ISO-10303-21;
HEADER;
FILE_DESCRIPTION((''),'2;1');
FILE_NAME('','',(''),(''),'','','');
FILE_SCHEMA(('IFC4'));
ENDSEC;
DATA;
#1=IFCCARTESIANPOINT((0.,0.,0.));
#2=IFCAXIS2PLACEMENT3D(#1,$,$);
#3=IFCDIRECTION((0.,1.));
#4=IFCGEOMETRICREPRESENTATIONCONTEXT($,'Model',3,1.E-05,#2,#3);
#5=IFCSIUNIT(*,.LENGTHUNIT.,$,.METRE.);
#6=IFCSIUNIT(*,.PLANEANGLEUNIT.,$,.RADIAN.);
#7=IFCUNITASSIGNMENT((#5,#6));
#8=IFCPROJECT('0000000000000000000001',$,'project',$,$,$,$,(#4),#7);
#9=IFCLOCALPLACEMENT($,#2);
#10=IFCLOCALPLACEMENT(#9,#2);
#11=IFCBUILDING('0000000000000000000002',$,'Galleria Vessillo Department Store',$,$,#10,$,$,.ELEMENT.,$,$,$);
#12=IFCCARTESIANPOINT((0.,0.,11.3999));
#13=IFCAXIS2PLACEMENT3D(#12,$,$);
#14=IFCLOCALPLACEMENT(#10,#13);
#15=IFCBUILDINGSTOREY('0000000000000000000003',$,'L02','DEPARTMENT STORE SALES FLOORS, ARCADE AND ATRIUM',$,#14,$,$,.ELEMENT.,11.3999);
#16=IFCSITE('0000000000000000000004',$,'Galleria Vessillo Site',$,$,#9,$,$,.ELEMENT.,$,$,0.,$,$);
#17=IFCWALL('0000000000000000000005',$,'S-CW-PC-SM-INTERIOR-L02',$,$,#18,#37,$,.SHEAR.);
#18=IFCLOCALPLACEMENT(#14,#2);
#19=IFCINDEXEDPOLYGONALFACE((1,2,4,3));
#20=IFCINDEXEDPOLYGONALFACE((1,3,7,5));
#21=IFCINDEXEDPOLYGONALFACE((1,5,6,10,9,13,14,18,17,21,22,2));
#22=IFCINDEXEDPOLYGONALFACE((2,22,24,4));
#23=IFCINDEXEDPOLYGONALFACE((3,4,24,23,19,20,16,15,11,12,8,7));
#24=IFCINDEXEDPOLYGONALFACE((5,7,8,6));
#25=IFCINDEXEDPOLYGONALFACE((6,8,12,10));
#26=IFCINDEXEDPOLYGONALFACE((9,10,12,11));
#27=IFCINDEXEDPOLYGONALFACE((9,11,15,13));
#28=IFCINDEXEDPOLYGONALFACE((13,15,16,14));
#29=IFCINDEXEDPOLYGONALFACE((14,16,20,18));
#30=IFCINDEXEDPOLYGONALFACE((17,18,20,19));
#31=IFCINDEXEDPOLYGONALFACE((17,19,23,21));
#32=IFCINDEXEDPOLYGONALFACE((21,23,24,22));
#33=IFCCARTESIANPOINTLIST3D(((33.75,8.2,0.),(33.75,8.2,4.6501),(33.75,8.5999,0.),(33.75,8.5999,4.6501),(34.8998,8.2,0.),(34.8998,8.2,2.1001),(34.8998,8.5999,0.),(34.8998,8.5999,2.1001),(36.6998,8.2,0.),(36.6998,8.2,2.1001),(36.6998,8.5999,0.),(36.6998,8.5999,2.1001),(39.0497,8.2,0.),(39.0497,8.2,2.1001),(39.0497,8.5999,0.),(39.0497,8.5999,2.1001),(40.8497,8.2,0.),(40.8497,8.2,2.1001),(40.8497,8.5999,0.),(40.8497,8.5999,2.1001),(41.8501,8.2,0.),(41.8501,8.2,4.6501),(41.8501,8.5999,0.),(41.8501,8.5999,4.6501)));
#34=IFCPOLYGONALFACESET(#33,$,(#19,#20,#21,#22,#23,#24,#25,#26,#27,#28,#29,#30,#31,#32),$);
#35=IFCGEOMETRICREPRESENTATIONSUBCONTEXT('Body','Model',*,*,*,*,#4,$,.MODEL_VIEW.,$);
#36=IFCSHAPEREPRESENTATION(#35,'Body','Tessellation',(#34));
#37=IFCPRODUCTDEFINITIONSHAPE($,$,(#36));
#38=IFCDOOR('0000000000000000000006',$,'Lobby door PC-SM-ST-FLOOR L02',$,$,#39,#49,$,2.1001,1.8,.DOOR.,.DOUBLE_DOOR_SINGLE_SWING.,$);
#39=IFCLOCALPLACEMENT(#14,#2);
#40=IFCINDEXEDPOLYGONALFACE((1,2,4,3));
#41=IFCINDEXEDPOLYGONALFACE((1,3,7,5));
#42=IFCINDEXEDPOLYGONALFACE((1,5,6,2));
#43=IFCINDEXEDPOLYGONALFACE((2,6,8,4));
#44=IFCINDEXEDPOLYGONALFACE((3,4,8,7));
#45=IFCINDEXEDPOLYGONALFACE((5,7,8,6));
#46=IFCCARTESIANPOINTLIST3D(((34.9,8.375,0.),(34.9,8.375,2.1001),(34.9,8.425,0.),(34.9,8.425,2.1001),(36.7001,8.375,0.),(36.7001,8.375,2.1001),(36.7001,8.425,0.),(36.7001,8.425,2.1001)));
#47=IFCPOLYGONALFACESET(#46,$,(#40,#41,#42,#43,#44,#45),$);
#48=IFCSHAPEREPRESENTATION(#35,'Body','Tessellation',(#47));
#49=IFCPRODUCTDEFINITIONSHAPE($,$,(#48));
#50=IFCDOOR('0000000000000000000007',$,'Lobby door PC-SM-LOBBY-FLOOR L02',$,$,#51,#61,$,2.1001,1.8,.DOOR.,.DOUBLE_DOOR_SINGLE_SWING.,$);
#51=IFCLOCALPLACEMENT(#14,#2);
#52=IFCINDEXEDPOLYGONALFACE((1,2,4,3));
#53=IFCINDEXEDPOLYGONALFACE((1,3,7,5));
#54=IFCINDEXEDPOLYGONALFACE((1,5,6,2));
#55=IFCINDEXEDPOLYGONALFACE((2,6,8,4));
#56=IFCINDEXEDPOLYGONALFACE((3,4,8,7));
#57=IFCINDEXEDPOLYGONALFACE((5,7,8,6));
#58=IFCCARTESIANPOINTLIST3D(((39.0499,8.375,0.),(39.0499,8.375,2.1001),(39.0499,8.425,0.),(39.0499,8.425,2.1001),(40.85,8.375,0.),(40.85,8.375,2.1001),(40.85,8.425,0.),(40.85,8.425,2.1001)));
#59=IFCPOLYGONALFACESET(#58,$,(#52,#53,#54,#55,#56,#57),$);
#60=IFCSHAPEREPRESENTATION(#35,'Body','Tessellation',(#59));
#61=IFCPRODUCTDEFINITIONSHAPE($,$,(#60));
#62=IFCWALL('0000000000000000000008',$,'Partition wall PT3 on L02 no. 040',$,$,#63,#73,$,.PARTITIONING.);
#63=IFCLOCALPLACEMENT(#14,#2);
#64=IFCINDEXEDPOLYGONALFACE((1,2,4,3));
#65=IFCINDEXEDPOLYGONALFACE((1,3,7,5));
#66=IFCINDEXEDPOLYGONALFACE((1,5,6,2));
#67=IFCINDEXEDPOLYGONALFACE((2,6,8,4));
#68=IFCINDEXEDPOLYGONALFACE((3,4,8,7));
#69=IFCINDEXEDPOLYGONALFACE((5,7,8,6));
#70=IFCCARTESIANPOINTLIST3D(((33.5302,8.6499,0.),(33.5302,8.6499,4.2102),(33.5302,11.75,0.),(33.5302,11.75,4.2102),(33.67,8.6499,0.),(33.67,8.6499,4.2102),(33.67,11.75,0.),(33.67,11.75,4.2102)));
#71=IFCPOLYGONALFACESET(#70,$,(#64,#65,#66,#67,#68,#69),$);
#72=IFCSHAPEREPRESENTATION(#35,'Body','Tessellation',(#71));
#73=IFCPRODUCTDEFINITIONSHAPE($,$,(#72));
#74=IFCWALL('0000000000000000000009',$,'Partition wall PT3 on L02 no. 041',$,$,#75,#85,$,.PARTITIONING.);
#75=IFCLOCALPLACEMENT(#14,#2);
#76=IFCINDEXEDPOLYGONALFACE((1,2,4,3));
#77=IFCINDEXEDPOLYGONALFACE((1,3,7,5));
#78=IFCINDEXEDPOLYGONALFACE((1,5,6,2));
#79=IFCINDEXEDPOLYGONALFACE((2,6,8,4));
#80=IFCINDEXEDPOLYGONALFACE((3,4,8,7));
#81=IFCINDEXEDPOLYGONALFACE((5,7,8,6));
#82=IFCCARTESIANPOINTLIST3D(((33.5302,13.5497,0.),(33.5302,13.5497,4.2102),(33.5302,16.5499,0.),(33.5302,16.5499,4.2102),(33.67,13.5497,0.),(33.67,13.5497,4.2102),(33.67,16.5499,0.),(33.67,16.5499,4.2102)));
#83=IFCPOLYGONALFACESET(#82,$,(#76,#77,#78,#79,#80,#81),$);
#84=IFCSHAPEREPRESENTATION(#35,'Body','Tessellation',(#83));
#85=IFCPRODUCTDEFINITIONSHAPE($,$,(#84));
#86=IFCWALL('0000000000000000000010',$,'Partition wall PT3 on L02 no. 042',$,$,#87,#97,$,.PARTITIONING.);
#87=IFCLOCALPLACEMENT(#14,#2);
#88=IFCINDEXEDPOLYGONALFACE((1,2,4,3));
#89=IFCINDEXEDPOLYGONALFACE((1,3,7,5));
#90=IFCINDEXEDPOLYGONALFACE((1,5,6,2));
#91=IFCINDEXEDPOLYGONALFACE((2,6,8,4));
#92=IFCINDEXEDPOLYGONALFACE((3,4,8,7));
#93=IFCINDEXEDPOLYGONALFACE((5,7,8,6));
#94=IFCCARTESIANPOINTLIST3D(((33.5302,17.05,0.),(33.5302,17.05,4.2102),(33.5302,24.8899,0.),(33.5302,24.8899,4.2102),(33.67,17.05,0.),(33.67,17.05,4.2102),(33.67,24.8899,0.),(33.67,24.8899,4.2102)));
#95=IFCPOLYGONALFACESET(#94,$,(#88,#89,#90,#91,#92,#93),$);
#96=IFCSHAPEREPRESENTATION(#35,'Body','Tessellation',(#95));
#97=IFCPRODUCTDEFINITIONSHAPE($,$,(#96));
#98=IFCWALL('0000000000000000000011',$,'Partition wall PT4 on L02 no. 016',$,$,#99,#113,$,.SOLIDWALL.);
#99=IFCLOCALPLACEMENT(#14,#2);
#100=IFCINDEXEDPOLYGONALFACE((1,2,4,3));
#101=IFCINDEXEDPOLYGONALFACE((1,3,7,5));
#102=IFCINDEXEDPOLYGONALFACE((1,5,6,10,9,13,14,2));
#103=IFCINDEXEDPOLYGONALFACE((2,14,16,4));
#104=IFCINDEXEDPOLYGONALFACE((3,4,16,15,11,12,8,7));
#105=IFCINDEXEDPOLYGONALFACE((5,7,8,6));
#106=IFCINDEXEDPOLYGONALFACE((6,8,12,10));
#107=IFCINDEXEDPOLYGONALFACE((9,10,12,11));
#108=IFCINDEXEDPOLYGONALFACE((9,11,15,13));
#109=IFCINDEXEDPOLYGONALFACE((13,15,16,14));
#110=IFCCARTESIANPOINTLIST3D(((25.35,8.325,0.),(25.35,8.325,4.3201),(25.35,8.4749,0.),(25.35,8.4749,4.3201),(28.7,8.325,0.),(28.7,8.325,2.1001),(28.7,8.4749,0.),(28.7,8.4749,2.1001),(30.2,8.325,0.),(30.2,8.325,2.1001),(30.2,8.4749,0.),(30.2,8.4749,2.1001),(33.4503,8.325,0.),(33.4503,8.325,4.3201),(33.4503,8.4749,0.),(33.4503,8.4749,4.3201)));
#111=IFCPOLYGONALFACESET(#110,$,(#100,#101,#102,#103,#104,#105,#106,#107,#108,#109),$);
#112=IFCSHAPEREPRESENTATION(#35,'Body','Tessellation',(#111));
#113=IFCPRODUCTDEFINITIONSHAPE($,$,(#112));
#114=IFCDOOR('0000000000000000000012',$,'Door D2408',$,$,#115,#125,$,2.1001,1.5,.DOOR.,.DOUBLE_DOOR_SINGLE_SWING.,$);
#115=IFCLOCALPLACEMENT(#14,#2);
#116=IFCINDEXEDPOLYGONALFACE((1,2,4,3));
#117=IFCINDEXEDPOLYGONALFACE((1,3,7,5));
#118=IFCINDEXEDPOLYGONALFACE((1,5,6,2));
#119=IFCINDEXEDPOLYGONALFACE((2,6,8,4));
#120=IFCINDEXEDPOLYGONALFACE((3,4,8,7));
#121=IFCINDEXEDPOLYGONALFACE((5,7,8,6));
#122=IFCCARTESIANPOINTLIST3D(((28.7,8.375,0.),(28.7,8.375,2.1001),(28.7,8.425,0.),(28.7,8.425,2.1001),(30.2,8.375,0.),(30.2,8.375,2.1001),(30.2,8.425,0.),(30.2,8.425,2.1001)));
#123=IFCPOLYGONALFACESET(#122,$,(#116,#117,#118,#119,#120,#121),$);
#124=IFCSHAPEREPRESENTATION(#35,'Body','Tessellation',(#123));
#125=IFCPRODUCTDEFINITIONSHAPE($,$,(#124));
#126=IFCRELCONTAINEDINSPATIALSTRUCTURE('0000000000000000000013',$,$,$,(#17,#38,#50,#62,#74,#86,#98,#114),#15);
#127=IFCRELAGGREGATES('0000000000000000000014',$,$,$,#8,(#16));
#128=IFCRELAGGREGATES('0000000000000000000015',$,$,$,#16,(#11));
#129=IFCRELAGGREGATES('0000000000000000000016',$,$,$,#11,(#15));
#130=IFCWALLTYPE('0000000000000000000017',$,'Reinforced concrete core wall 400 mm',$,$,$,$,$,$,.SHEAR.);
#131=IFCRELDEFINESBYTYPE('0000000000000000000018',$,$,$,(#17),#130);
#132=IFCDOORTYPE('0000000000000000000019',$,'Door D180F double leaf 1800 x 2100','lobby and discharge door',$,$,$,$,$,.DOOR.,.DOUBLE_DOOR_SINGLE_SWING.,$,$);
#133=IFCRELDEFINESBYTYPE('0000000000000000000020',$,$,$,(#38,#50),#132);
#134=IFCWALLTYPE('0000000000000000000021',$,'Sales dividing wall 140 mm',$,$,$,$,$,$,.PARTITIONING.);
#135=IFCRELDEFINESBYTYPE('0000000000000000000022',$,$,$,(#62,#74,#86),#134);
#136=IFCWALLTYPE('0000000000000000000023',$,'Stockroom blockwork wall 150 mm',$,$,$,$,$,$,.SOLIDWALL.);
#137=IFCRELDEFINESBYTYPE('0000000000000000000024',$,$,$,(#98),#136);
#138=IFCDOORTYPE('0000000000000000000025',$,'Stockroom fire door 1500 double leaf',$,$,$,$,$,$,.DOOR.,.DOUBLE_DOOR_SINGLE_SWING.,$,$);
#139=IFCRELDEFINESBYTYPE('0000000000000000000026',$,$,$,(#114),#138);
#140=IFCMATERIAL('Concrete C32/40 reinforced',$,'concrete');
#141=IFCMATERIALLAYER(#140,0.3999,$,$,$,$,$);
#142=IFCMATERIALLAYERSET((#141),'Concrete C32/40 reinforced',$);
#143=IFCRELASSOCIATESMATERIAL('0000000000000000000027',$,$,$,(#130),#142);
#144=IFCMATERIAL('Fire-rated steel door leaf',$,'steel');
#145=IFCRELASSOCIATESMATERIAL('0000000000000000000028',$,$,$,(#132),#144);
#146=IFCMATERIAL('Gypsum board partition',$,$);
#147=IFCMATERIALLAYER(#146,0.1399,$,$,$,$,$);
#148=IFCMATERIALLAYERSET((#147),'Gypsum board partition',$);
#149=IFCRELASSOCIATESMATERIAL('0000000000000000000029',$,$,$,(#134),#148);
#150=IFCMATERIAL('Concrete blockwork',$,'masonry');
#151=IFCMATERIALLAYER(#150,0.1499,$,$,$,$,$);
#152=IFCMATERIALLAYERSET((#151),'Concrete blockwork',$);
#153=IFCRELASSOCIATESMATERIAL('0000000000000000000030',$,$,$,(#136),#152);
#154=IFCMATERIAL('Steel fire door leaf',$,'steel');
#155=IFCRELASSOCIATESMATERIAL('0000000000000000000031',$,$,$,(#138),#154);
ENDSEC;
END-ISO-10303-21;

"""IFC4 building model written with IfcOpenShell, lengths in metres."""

from ifc_helpers import new_model, si_unit, direction, frame, frame_2d, origin, place, context, subcontext, project, spatial, rectangle, extrude, material, layer, layer_set, type_object, element, fill, save


model = new_model("IFC4")

# Units and contexts
model_context = context("Model", 3, precision=1e-05, world=origin(), true_north=direction((0.0, 1.0)))
body_context = subcontext(model_context, "Body", "Model", "MODEL_VIEW")
ifc_project = project(units=[si_unit("LENGTHUNIT", "METRE"), si_unit("PLANEANGLEUNIT", "RADIAN")], contexts=[model_context])

# Site, building, storey
site_placement = place(None, origin())
site = spatial("IfcSite", under=ifc_project, at=site_placement, Name="Galleria Vessillo Site", CompositionType="ELEMENT", RefElevation=0.0)
building_placement = place(site_placement, origin())
building = spatial("IfcBuilding", under=site, at=building_placement, Name="Galleria Vessillo Department Store", CompositionType="ELEMENT")
storey_placement = place(building_placement, frame((0.0, 0.0, 11.3999)))
storey = spatial("IfcBuildingStorey", under=building, at=storey_placement, Name="L02", Description="DEPARTMENT STORE SALES FLOORS, ARCADE AND ATRIUM", CompositionType="ELEMENT", Elevation=11.3999)

# Wall, openings, doors
ifc_material_1 = material(Name="Concrete C32/40 reinforced", Category="concrete")
ifc_layer_1 = layer(ifc_material_1, 0.3999)
ifc_layer_set_1 = layer_set([ifc_layer_1], Name="Concrete C32/40 reinforced")
wall_type_1 = type_object("IfcWallType", Name="Reinforced concrete core wall 400 mm", PredefinedType="SHEAR", material=ifc_layer_set_1)
wall_1_placement = place(storey_placement, frame((33.75, 8.3999, 0.0), z_axis=(0.0, 0.0, 1.0), x_axis=(1.0, 0.0, 0.0)))
wall_1 = element("IfcWall", 1, at=wall_1_placement, inside=storey, type_object=wall_type_1, Name="S-CW-PC-SM-INTERIOR-L02", PredefinedType="SHEAR", context=body_context, shape_type="SweptSolid", body=[
    extrude(rectangle(XDim=8.1001, YDim=0.3999, at=frame_2d((4.05, 0.0))), origin(), (0.0, 0.0, 1.0), 4.6501),
])
opening_1_placement = place(wall_1_placement, frame((1.1499, 0.0, 0.0)))
opening_1 = element("IfcOpeningElement", 2, at=opening_1_placement, cuts=wall_1, PredefinedType="OPENING", context=body_context, shape_type="SweptSolid", body=[
    extrude(rectangle(XDim=1.8, YDim=2.1001, at=frame_2d((0.8999, 1.05))), frame((0.0, 0.21, 0.0), z_axis=(0.0, -1.0, 0.0), x_axis=(1.0, 0.0, 0.0)), (0.0, 0.0, 1.0), 0.4199),
])
opening_2_placement = place(wall_1_placement, frame((5.2998, 0.0, 0.0)))
opening_2 = element("IfcOpeningElement", 3, at=opening_2_placement, cuts=wall_1, PredefinedType="OPENING", context=body_context, shape_type="SweptSolid", body=[
    extrude(rectangle(XDim=1.8, YDim=2.1001, at=frame_2d((0.8999, 1.05))), frame((0.0, 0.21, 0.0), z_axis=(0.0, -1.0, 0.0), x_axis=(1.0, 0.0, 0.0)), (0.0, 0.0, 1.0), 0.4199),
])
ifc_material_2 = material(Name="Fire-rated steel door leaf", Category="steel")
door_type_1 = type_object("IfcDoorType", Name="Door D180F double leaf 1800 x 2100", Description="lobby and discharge door", OperationType="DOUBLE_DOOR_SINGLE_SWING", PredefinedType="DOOR", material=ifc_material_2)
door_1_placement = place(opening_1_placement, frame((1.8, 0.0, 0.0), z_axis=(0.0, 0.0, 1.0), x_axis=(-1.0, 0.0, 0.0)))
door_1 = element("IfcDoor", 4, at=door_1_placement, inside=storey, type_object=door_type_1, Name="Lobby door PC-SM-ST-FLOOR L02", OperationType="DOUBLE_DOOR_SINGLE_SWING", OverallHeight=2.1001, OverallWidth=1.8, PredefinedType="DOOR", context=body_context, shape_type="SweptSolid", body=[
    extrude(rectangle(XDim=1.8, YDim=2.1001, at=frame_2d((0.8999, 1.05))), frame((0.0, 0.0249, 0.0), z_axis=(0.0, -1.0, 0.0), x_axis=(1.0, 0.0, 0.0)), (0.0, 0.0, 1.0), 0.05),
])
fill(opening_1, door_1)
door_2_placement = place(opening_2_placement, frame((1.8, 0.0, 0.0), z_axis=(0.0, 0.0, 1.0), x_axis=(-1.0, 0.0, 0.0)))
door_2 = element("IfcDoor", 5, at=door_2_placement, inside=storey, type_object=door_type_1, Name="Lobby door PC-SM-LOBBY-FLOOR L02", OperationType="DOUBLE_DOOR_SINGLE_SWING", OverallHeight=2.1001, OverallWidth=1.8, PredefinedType="DOOR", context=body_context, shape_type="SweptSolid", body=[
    extrude(rectangle(XDim=1.8, YDim=2.1001, at=frame_2d((0.8999, 1.05))), frame((0.0, 0.0249, 0.0), z_axis=(0.0, -1.0, 0.0), x_axis=(1.0, 0.0, 0.0)), (0.0, 0.0, 1.0), 0.05),
])
fill(opening_2, door_2)

# Walls
ifc_material_3 = material(Name="Gypsum board partition")
ifc_layer_2 = layer(ifc_material_3, 0.1399)
ifc_layer_set_2 = layer_set([ifc_layer_2], Name="Gypsum board partition")
wall_type_2 = type_object("IfcWallType", Name="Sales dividing wall 140 mm", PredefinedType="PARTITIONING", material=ifc_layer_set_2)
wall_2_placement = place(storey_placement, frame((33.6001, 8.6499, 0.0), z_axis=(0.0, 0.0, 1.0), x_axis=(0.0, 1.0, 0.0)))
element("IfcWall", 6, at=wall_2_placement, inside=storey, type_object=wall_type_2, Name="Partition wall PT3 on L02 no. 040", PredefinedType="PARTITIONING", context=body_context, shape_type="SweptSolid", body=[
    extrude(rectangle(XDim=3.1001, YDim=0.1399, at=frame_2d((1.55, 0.0))), origin(), (0.0, 0.0, 1.0), 4.2102),
])
wall_3_placement = place(storey_placement, frame((33.6001, 13.5498, 0.0), z_axis=(0.0, 0.0, 1.0), x_axis=(0.0, 1.0, 0.0)))
element("IfcWall", 7, at=wall_3_placement, inside=storey, type_object=wall_type_2, Name="Partition wall PT3 on L02 no. 041", PredefinedType="PARTITIONING", context=body_context, shape_type="SweptSolid", body=[
    extrude(rectangle(XDim=3.0002, YDim=0.1399, at=frame_2d((1.5, 0.0))), origin(), (0.0, 0.0, 1.0), 4.2102),
])
wall_4_placement = place(storey_placement, frame((33.6001, 17.05, 0.0), z_axis=(0.0, 0.0, 1.0), x_axis=(0.0, 1.0, 0.0)))
element("IfcWall", 8, at=wall_4_placement, inside=storey, type_object=wall_type_2, Name="Partition wall PT3 on L02 no. 042", PredefinedType="PARTITIONING", context=body_context, shape_type="SweptSolid", body=[
    extrude(rectangle(XDim=7.8398, YDim=0.1399, at=frame_2d((3.9199, 0.0))), origin(), (0.0, 0.0, 1.0), 4.2102),
])

# Wall, opening, door
ifc_material_4 = material(Name="Concrete blockwork", Category="masonry")
ifc_layer_3 = layer(ifc_material_4, 0.1499)
ifc_layer_set_3 = layer_set([ifc_layer_3], Name="Concrete blockwork")
wall_type_3 = type_object("IfcWallType", Name="Stockroom blockwork wall 150 mm", PredefinedType="SOLIDWALL", material=ifc_layer_set_3)
wall_5_placement = place(storey_placement, frame((25.3499, 8.3999, 0.0), z_axis=(0.0, 0.0, 1.0), x_axis=(1.0, 0.0, 0.0)))
wall_5 = element("IfcWall", 9, at=wall_5_placement, inside=storey, type_object=wall_type_3, Name="Partition wall PT4 on L02 no. 016", PredefinedType="SOLIDWALL", context=body_context, shape_type="SweptSolid", body=[
    extrude(rectangle(XDim=8.1003, YDim=0.1499, at=frame_2d((4.0503, 0.0))), origin(), (0.0, 0.0, 1.0), 4.3201),
])
opening_3_placement = place(wall_5_placement, frame((3.3501, 0.0, 0.0)))
opening_3 = element("IfcOpeningElement", 10, at=opening_3_placement, cuts=wall_5, PredefinedType="OPENING", context=body_context, shape_type="SweptSolid", body=[
    extrude(rectangle(XDim=1.5, YDim=2.1001, at=frame_2d((0.75, 1.05))), frame((0.0, 0.085, 0.0), z_axis=(0.0, -1.0, 0.0), x_axis=(1.0, 0.0, 0.0)), (0.0, 0.0, 1.0), 0.1699),
])
ifc_material_5 = material(Name="Steel fire door leaf", Category="steel")
door_type_2 = type_object("IfcDoorType", Name="Stockroom fire door 1500 double leaf", OperationType="DOUBLE_DOOR_SINGLE_SWING", PredefinedType="DOOR", material=ifc_material_5)
door_3_placement = place(opening_3_placement, frame((1.5, 0.0, 0.0), z_axis=(0.0, 0.0, 1.0), x_axis=(-1.0, 0.0, 0.0)))
door_3 = element("IfcDoor", 11, at=door_3_placement, inside=storey, type_object=door_type_2, Name="Door D2408", OperationType="DOUBLE_DOOR_SINGLE_SWING", OverallHeight=2.1001, OverallWidth=1.5, PredefinedType="DOOR", context=body_context, shape_type="SweptSolid", body=[
    extrude(rectangle(XDim=1.5, YDim=2.1001, at=frame_2d((0.75, 1.05))), frame((0.0, 0.0249, 0.0), z_axis=(0.0, -1.0, 0.0), x_axis=(1.0, 0.0, 0.0)), (0.0, 0.0, 1.0), 0.05),
])
fill(opening_3, door_3)

save(model, "model.ifc")
